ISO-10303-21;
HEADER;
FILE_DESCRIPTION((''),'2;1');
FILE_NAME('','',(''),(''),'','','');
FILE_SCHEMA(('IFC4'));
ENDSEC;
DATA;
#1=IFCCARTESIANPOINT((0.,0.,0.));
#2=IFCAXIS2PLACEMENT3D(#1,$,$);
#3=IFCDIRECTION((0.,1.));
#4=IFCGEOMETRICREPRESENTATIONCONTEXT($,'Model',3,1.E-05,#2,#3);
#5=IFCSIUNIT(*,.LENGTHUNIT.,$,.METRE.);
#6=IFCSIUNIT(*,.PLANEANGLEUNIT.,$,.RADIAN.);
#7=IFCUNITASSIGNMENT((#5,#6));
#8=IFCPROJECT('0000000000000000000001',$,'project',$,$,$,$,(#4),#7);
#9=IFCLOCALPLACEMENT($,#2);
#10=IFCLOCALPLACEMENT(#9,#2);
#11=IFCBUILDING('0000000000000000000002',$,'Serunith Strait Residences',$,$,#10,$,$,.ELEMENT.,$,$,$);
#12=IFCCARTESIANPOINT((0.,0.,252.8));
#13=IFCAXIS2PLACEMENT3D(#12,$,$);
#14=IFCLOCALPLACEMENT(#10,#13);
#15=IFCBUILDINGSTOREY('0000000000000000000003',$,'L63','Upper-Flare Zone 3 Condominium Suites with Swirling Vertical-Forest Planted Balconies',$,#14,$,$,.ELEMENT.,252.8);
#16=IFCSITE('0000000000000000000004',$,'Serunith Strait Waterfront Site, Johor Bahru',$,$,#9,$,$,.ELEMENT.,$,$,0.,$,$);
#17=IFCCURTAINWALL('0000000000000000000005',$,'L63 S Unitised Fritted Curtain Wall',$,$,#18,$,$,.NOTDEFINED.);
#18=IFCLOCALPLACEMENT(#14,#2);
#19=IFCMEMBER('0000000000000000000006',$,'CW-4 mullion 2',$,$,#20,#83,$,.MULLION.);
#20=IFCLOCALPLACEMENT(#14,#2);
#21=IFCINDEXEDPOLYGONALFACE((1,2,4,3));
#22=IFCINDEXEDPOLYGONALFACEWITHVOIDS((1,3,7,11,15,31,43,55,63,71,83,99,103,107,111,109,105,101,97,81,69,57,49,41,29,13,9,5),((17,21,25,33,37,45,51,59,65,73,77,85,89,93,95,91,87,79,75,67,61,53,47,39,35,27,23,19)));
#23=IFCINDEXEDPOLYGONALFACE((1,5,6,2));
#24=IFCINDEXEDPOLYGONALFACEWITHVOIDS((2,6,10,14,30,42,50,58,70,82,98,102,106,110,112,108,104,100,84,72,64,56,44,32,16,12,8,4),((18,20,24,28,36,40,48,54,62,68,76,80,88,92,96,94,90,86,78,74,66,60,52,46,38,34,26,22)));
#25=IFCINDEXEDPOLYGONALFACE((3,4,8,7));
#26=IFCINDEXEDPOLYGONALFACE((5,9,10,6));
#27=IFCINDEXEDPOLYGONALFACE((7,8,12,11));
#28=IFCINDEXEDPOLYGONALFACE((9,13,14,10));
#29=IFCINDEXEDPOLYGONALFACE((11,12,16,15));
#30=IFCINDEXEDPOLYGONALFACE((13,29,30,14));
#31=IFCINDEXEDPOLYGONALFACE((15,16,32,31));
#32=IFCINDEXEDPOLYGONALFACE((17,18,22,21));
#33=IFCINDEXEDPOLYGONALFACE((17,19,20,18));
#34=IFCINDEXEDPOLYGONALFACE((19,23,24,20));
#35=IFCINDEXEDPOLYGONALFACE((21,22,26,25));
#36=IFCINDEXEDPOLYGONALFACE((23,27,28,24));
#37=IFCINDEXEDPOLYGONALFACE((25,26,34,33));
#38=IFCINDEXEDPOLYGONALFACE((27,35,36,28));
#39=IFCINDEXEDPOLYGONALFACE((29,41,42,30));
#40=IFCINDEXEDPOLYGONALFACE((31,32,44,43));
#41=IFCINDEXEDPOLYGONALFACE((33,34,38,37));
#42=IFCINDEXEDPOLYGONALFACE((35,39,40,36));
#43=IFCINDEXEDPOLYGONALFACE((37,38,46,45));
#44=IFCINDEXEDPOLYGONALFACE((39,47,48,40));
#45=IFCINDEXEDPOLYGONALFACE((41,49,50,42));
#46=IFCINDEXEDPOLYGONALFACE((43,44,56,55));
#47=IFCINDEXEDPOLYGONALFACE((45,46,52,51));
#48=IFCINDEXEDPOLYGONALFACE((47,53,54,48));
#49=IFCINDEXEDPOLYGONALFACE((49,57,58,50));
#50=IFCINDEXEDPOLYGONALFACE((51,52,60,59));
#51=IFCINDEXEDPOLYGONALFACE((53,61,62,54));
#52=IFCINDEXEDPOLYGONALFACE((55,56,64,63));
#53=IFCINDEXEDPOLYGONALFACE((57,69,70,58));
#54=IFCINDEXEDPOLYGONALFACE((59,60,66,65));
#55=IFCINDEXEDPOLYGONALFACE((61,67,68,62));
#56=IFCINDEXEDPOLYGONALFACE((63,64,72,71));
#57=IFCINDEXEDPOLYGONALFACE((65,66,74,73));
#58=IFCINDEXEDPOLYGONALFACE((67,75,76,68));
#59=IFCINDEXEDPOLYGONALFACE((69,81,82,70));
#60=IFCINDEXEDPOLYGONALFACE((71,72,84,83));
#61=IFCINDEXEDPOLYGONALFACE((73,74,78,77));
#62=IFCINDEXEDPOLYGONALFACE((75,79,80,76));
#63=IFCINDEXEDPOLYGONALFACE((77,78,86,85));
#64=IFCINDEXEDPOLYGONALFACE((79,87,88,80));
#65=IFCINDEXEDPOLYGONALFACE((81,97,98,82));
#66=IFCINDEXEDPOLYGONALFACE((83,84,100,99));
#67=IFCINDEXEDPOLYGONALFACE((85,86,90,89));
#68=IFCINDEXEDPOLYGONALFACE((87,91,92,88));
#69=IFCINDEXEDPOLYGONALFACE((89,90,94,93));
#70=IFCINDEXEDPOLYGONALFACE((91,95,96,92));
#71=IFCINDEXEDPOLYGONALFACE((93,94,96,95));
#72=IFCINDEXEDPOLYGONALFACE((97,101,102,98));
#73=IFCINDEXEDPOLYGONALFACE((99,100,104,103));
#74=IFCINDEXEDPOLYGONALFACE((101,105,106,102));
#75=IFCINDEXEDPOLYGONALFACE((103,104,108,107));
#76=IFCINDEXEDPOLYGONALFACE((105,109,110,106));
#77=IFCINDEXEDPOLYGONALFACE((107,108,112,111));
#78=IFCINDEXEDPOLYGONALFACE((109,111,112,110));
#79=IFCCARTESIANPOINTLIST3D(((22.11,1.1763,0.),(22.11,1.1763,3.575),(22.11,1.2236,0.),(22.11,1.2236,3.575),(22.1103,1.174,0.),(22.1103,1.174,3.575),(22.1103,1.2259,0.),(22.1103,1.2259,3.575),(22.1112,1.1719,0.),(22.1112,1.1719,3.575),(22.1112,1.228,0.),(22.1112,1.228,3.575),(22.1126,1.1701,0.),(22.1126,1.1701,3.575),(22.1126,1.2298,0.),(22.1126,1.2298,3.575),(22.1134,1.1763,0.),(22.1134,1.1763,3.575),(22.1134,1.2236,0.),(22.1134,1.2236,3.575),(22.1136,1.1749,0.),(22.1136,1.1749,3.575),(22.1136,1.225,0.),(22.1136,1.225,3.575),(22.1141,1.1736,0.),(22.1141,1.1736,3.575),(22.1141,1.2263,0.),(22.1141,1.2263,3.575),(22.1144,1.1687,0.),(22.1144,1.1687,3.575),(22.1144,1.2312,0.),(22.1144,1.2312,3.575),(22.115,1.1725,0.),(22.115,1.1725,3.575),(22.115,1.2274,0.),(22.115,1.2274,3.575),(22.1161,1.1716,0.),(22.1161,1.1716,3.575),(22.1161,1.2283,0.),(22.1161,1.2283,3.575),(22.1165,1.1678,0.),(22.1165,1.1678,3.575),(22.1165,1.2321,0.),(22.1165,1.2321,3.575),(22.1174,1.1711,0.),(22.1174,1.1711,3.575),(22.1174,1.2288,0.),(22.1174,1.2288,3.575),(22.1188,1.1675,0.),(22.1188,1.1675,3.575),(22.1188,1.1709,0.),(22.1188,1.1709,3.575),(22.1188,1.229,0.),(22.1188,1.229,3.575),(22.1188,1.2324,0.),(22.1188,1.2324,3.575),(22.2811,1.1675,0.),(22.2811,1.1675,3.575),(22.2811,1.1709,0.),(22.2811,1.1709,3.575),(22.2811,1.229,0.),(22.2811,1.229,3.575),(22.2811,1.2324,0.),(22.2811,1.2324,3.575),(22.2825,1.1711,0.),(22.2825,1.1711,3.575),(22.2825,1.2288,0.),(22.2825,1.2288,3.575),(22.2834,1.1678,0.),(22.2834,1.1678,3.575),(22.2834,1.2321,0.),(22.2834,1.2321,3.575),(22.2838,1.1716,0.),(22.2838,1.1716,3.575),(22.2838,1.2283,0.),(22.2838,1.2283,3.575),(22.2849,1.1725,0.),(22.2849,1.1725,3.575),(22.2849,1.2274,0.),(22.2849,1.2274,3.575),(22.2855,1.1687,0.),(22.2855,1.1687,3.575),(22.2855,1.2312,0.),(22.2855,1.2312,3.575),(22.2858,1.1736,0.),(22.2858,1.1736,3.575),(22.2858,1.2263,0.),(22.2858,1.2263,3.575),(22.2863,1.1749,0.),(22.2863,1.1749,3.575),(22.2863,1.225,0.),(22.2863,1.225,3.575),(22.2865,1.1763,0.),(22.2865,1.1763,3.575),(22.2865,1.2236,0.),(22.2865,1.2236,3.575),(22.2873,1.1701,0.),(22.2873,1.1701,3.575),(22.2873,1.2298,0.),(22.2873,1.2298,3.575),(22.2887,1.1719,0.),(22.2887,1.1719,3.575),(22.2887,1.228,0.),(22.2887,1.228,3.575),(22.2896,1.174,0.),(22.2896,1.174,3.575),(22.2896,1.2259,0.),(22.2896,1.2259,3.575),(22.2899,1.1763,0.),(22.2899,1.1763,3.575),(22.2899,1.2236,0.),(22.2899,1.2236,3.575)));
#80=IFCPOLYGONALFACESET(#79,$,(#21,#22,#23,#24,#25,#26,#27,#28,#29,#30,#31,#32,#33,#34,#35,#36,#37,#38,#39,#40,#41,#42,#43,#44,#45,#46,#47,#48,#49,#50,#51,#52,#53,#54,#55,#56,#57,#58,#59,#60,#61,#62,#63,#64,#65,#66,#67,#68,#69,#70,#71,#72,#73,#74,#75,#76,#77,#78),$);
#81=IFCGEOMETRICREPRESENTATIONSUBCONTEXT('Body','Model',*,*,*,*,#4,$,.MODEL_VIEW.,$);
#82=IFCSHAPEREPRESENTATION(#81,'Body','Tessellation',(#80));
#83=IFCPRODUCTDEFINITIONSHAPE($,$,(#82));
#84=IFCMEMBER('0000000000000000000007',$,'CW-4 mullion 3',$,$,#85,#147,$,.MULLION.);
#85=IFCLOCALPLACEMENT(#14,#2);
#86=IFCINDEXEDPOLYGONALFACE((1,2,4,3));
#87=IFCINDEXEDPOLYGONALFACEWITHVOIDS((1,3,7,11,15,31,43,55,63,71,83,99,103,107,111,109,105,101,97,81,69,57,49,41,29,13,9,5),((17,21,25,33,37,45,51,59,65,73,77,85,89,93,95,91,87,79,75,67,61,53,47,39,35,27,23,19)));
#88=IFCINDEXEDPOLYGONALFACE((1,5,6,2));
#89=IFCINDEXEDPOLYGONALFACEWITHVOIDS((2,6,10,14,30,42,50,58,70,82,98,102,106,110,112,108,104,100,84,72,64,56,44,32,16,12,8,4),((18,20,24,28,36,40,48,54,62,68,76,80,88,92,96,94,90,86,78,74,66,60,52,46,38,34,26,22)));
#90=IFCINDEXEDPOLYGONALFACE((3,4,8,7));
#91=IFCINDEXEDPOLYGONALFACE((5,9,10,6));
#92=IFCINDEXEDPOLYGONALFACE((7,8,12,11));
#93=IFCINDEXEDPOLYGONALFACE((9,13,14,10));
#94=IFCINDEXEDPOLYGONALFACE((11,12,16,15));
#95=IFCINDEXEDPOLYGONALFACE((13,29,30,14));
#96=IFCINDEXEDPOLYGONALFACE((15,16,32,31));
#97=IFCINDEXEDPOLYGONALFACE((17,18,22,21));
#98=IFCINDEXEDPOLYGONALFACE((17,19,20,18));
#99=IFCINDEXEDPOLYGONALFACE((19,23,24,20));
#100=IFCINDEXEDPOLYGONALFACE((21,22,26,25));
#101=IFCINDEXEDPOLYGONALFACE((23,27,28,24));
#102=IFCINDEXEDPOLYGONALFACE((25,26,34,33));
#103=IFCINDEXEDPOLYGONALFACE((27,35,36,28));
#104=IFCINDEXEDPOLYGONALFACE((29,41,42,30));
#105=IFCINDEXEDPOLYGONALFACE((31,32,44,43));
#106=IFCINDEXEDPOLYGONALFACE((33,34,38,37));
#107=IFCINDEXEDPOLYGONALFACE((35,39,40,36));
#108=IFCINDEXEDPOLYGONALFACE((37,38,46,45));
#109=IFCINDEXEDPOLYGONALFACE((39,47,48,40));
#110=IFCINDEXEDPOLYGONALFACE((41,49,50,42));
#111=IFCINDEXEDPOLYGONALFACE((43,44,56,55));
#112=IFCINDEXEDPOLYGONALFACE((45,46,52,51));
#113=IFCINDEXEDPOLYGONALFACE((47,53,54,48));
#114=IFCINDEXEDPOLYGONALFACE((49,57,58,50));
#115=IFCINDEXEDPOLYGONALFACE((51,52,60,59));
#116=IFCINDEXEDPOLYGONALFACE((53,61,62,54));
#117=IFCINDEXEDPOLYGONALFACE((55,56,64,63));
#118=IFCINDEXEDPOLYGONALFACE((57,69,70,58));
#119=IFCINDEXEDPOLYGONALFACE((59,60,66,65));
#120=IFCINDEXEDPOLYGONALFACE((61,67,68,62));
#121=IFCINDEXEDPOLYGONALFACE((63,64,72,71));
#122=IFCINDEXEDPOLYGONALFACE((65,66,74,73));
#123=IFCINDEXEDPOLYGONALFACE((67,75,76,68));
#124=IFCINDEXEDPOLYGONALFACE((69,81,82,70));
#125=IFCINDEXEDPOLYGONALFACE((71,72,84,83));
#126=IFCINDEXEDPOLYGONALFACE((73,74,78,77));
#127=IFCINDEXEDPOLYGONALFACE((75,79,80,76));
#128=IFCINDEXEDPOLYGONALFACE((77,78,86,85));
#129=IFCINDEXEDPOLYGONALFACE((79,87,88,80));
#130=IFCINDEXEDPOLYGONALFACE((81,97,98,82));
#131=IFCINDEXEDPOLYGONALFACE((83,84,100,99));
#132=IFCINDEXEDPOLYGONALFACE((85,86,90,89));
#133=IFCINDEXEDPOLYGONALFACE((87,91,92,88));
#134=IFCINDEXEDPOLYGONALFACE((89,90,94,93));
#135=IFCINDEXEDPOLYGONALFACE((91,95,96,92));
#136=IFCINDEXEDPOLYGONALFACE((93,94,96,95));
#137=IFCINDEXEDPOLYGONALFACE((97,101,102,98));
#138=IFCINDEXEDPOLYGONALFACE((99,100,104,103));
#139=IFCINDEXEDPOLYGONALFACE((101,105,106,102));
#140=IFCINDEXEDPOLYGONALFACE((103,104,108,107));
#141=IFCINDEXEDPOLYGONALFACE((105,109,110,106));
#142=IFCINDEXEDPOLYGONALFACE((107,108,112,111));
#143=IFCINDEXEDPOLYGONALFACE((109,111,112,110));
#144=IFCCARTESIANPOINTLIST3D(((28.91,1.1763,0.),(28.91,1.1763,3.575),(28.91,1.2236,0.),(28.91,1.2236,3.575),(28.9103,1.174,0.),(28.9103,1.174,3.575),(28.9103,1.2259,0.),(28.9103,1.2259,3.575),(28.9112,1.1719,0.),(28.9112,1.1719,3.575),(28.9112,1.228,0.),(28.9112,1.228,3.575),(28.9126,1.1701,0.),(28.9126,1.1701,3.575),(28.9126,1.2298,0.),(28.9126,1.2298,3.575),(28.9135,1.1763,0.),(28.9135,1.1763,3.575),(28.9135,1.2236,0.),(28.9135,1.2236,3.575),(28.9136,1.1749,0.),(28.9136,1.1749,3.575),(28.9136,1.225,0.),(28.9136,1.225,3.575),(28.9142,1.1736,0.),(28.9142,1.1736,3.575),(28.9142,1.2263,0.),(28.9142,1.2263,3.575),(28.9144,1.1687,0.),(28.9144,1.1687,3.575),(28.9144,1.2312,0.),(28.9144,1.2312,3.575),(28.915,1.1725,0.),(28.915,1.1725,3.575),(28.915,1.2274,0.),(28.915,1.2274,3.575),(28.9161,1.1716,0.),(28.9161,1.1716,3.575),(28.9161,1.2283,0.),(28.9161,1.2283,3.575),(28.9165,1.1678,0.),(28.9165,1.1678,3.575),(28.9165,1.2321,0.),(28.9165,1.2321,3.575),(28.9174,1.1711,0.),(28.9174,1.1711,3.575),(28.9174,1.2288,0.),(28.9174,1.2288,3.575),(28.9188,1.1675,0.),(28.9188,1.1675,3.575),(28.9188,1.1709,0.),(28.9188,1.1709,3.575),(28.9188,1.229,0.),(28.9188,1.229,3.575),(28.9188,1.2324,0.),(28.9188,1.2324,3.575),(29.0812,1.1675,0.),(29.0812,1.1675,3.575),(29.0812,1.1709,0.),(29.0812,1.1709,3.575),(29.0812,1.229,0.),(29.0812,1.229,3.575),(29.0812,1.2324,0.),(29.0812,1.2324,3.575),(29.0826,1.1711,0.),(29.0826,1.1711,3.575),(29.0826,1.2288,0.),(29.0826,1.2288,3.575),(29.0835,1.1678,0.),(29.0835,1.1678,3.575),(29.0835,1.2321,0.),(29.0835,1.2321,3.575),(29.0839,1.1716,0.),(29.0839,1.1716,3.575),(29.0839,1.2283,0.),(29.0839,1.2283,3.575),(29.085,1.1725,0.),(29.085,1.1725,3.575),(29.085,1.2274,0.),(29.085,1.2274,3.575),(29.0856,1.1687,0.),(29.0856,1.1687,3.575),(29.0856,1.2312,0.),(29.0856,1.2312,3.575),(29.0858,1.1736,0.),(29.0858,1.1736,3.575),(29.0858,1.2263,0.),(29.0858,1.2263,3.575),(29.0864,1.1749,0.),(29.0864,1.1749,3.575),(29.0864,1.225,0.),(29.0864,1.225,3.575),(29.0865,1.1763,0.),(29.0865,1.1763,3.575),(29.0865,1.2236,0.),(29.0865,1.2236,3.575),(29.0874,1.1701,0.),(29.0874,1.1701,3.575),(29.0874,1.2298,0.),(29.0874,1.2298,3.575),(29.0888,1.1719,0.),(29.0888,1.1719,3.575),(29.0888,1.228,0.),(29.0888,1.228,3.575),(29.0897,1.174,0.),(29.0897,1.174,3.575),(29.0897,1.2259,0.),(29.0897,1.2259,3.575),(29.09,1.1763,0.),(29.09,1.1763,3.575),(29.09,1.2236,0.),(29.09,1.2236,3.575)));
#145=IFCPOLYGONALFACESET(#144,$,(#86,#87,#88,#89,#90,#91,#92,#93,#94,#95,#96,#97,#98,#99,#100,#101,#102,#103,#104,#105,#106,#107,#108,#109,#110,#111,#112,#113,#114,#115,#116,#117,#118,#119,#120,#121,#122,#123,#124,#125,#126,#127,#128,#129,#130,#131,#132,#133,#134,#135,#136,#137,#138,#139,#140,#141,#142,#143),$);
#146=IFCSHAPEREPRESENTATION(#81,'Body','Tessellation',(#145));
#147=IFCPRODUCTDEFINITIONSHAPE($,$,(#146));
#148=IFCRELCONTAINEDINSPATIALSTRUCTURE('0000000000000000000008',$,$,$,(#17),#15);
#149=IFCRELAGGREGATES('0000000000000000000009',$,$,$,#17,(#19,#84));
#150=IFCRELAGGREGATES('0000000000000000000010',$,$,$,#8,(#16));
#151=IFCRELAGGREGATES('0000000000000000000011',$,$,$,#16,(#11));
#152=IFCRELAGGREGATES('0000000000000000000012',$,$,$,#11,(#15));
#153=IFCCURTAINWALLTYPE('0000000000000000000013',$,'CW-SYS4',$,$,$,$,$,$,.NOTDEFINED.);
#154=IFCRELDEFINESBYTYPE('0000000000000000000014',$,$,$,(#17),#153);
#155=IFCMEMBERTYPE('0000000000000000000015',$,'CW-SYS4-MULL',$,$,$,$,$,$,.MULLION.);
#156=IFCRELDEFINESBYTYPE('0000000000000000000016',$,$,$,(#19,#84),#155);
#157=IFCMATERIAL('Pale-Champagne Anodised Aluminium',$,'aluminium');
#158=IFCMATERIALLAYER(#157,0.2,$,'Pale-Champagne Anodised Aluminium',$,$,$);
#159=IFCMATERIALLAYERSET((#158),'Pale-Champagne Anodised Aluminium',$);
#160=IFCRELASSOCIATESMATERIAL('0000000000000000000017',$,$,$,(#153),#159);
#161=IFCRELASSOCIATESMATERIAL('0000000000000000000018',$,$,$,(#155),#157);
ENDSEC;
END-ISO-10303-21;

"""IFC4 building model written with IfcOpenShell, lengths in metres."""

from ifc_helpers import new_model, si_unit, direction, frame, origin, origin_2d, place, context, subcontext, project, spatial, hollow_rectangle, extrude, source, transform, mapped, material, layer, layer_set, material_profile, profile_set, type_object, element, aggregate, save


model = new_model("IFC4")

# Units and contexts
model_context = context("Model", 3, precision=1e-05, world=origin(), true_north=direction((0.0, 1.0)))
body_context = subcontext(model_context, "Body", "Model", "MODEL_VIEW")
ifc_project = project(units=[si_unit("LENGTHUNIT", "METRE"), si_unit("PLANEANGLEUNIT", "RADIAN")], contexts=[model_context])

# Site, building, storey
site_placement = place(None, origin())
site = spatial("IfcSite", under=ifc_project, at=site_placement, Name="Serunith Strait Waterfront Site, Johor Bahru", CompositionType="ELEMENT", RefElevation=0.0)
building_placement = place(site_placement, origin())
building = spatial("IfcBuilding", under=site, at=building_placement, Name="Serunith Strait Residences", CompositionType="ELEMENT")
storey_placement = place(building_placement, frame((0.0, 0.0, 252.8)))
storey = spatial("IfcBuildingStorey", under=building, at=storey_placement, Name="L63", Description="Upper-Flare Zone 3 Condominium Suites with Swirling Vertical-Forest Planted Balconies", CompositionType="ELEMENT", Elevation=252.8)

# Curtain wall, members
ifc_material_1 = material(Name="Pale-Champagne Anodised Aluminium", Category="aluminium")
ifc_layer_1 = layer(ifc_material_1, 0.2, Name="Pale-Champagne Anodised Aluminium")
ifc_layer_set_1 = layer_set([ifc_layer_1], Name="Pale-Champagne Anodised Aluminium")
curtain_wall_type = type_object("IfcCurtainWallType", Name="CW-SYS4", PredefinedType="NOTDEFINED", material=ifc_layer_set_1)
curtain_wall_placement = place(storey_placement, origin())
curtain_wall = element("IfcCurtainWall", 1, at=curtain_wall_placement, inside=storey, type_object=curtain_wall_type, Name="L63 S Unitised Fritted Curtain Wall", PredefinedType="NOTDEFINED")
ifc_material_profile_1 = material_profile(ifc_material_1, hollow_rectangle(XDim=0.0649, YDim=0.1799, WallThickness=0.0034, InnerFilletRadius=0.0054, OuterFilletRadius=0.0088, at=origin_2d()), Name="ALU 180x65x3.5")
ifc_profile_set_1 = profile_set([ifc_material_profile_1], Name="Pale-Champagne Anodised Aluminium")
member_type_1 = type_object("IfcMemberType", Name="CW-SYS4-MULL", PredefinedType="MULLION", material=ifc_profile_set_1)
shared_shape_1 = source(origin(), body_context, "Body", "SweptSolid", [
    extrude(hollow_rectangle(XDim=0.0649, YDim=0.1799, WallThickness=0.0034, InnerFilletRadius=0.0054, OuterFilletRadius=0.0088, at=origin_2d()), origin(), (0.0, 0.0, 1.0), 3.575),
])
member_1_placement = place(storey_placement, frame((22.2, 1.2, 0.0), z_axis=(0.0, 0.0, 1.0), x_axis=(0.0, 1.0, 0.0)))
member_1 = element("IfcMember", 2, at=member_1_placement, type_object=member_type_1, Name="CW-4 mullion 2", PredefinedType="MULLION", context=body_context, shape_type="MappedRepresentation", body=[
    mapped(shared_shape_1, transform((0.0, 0.0, 0.0), scale=1.0)),
])
member_2_placement = place(storey_placement, frame((29.0, 1.2, 0.0), z_axis=(0.0, 0.0, 1.0), x_axis=(0.0, 1.0, 0.0)))
member_2 = element("IfcMember", 3, at=member_2_placement, type_object=member_type_1, Name="CW-4 mullion 3", PredefinedType="MULLION", context=body_context, shape_type="MappedRepresentation", body=[
    mapped(shared_shape_1, transform((0.0, 0.0, 0.0), scale=1.0)),
])
aggregate(curtain_wall, [member_1, member_2])

save(model, "model.ifc")
